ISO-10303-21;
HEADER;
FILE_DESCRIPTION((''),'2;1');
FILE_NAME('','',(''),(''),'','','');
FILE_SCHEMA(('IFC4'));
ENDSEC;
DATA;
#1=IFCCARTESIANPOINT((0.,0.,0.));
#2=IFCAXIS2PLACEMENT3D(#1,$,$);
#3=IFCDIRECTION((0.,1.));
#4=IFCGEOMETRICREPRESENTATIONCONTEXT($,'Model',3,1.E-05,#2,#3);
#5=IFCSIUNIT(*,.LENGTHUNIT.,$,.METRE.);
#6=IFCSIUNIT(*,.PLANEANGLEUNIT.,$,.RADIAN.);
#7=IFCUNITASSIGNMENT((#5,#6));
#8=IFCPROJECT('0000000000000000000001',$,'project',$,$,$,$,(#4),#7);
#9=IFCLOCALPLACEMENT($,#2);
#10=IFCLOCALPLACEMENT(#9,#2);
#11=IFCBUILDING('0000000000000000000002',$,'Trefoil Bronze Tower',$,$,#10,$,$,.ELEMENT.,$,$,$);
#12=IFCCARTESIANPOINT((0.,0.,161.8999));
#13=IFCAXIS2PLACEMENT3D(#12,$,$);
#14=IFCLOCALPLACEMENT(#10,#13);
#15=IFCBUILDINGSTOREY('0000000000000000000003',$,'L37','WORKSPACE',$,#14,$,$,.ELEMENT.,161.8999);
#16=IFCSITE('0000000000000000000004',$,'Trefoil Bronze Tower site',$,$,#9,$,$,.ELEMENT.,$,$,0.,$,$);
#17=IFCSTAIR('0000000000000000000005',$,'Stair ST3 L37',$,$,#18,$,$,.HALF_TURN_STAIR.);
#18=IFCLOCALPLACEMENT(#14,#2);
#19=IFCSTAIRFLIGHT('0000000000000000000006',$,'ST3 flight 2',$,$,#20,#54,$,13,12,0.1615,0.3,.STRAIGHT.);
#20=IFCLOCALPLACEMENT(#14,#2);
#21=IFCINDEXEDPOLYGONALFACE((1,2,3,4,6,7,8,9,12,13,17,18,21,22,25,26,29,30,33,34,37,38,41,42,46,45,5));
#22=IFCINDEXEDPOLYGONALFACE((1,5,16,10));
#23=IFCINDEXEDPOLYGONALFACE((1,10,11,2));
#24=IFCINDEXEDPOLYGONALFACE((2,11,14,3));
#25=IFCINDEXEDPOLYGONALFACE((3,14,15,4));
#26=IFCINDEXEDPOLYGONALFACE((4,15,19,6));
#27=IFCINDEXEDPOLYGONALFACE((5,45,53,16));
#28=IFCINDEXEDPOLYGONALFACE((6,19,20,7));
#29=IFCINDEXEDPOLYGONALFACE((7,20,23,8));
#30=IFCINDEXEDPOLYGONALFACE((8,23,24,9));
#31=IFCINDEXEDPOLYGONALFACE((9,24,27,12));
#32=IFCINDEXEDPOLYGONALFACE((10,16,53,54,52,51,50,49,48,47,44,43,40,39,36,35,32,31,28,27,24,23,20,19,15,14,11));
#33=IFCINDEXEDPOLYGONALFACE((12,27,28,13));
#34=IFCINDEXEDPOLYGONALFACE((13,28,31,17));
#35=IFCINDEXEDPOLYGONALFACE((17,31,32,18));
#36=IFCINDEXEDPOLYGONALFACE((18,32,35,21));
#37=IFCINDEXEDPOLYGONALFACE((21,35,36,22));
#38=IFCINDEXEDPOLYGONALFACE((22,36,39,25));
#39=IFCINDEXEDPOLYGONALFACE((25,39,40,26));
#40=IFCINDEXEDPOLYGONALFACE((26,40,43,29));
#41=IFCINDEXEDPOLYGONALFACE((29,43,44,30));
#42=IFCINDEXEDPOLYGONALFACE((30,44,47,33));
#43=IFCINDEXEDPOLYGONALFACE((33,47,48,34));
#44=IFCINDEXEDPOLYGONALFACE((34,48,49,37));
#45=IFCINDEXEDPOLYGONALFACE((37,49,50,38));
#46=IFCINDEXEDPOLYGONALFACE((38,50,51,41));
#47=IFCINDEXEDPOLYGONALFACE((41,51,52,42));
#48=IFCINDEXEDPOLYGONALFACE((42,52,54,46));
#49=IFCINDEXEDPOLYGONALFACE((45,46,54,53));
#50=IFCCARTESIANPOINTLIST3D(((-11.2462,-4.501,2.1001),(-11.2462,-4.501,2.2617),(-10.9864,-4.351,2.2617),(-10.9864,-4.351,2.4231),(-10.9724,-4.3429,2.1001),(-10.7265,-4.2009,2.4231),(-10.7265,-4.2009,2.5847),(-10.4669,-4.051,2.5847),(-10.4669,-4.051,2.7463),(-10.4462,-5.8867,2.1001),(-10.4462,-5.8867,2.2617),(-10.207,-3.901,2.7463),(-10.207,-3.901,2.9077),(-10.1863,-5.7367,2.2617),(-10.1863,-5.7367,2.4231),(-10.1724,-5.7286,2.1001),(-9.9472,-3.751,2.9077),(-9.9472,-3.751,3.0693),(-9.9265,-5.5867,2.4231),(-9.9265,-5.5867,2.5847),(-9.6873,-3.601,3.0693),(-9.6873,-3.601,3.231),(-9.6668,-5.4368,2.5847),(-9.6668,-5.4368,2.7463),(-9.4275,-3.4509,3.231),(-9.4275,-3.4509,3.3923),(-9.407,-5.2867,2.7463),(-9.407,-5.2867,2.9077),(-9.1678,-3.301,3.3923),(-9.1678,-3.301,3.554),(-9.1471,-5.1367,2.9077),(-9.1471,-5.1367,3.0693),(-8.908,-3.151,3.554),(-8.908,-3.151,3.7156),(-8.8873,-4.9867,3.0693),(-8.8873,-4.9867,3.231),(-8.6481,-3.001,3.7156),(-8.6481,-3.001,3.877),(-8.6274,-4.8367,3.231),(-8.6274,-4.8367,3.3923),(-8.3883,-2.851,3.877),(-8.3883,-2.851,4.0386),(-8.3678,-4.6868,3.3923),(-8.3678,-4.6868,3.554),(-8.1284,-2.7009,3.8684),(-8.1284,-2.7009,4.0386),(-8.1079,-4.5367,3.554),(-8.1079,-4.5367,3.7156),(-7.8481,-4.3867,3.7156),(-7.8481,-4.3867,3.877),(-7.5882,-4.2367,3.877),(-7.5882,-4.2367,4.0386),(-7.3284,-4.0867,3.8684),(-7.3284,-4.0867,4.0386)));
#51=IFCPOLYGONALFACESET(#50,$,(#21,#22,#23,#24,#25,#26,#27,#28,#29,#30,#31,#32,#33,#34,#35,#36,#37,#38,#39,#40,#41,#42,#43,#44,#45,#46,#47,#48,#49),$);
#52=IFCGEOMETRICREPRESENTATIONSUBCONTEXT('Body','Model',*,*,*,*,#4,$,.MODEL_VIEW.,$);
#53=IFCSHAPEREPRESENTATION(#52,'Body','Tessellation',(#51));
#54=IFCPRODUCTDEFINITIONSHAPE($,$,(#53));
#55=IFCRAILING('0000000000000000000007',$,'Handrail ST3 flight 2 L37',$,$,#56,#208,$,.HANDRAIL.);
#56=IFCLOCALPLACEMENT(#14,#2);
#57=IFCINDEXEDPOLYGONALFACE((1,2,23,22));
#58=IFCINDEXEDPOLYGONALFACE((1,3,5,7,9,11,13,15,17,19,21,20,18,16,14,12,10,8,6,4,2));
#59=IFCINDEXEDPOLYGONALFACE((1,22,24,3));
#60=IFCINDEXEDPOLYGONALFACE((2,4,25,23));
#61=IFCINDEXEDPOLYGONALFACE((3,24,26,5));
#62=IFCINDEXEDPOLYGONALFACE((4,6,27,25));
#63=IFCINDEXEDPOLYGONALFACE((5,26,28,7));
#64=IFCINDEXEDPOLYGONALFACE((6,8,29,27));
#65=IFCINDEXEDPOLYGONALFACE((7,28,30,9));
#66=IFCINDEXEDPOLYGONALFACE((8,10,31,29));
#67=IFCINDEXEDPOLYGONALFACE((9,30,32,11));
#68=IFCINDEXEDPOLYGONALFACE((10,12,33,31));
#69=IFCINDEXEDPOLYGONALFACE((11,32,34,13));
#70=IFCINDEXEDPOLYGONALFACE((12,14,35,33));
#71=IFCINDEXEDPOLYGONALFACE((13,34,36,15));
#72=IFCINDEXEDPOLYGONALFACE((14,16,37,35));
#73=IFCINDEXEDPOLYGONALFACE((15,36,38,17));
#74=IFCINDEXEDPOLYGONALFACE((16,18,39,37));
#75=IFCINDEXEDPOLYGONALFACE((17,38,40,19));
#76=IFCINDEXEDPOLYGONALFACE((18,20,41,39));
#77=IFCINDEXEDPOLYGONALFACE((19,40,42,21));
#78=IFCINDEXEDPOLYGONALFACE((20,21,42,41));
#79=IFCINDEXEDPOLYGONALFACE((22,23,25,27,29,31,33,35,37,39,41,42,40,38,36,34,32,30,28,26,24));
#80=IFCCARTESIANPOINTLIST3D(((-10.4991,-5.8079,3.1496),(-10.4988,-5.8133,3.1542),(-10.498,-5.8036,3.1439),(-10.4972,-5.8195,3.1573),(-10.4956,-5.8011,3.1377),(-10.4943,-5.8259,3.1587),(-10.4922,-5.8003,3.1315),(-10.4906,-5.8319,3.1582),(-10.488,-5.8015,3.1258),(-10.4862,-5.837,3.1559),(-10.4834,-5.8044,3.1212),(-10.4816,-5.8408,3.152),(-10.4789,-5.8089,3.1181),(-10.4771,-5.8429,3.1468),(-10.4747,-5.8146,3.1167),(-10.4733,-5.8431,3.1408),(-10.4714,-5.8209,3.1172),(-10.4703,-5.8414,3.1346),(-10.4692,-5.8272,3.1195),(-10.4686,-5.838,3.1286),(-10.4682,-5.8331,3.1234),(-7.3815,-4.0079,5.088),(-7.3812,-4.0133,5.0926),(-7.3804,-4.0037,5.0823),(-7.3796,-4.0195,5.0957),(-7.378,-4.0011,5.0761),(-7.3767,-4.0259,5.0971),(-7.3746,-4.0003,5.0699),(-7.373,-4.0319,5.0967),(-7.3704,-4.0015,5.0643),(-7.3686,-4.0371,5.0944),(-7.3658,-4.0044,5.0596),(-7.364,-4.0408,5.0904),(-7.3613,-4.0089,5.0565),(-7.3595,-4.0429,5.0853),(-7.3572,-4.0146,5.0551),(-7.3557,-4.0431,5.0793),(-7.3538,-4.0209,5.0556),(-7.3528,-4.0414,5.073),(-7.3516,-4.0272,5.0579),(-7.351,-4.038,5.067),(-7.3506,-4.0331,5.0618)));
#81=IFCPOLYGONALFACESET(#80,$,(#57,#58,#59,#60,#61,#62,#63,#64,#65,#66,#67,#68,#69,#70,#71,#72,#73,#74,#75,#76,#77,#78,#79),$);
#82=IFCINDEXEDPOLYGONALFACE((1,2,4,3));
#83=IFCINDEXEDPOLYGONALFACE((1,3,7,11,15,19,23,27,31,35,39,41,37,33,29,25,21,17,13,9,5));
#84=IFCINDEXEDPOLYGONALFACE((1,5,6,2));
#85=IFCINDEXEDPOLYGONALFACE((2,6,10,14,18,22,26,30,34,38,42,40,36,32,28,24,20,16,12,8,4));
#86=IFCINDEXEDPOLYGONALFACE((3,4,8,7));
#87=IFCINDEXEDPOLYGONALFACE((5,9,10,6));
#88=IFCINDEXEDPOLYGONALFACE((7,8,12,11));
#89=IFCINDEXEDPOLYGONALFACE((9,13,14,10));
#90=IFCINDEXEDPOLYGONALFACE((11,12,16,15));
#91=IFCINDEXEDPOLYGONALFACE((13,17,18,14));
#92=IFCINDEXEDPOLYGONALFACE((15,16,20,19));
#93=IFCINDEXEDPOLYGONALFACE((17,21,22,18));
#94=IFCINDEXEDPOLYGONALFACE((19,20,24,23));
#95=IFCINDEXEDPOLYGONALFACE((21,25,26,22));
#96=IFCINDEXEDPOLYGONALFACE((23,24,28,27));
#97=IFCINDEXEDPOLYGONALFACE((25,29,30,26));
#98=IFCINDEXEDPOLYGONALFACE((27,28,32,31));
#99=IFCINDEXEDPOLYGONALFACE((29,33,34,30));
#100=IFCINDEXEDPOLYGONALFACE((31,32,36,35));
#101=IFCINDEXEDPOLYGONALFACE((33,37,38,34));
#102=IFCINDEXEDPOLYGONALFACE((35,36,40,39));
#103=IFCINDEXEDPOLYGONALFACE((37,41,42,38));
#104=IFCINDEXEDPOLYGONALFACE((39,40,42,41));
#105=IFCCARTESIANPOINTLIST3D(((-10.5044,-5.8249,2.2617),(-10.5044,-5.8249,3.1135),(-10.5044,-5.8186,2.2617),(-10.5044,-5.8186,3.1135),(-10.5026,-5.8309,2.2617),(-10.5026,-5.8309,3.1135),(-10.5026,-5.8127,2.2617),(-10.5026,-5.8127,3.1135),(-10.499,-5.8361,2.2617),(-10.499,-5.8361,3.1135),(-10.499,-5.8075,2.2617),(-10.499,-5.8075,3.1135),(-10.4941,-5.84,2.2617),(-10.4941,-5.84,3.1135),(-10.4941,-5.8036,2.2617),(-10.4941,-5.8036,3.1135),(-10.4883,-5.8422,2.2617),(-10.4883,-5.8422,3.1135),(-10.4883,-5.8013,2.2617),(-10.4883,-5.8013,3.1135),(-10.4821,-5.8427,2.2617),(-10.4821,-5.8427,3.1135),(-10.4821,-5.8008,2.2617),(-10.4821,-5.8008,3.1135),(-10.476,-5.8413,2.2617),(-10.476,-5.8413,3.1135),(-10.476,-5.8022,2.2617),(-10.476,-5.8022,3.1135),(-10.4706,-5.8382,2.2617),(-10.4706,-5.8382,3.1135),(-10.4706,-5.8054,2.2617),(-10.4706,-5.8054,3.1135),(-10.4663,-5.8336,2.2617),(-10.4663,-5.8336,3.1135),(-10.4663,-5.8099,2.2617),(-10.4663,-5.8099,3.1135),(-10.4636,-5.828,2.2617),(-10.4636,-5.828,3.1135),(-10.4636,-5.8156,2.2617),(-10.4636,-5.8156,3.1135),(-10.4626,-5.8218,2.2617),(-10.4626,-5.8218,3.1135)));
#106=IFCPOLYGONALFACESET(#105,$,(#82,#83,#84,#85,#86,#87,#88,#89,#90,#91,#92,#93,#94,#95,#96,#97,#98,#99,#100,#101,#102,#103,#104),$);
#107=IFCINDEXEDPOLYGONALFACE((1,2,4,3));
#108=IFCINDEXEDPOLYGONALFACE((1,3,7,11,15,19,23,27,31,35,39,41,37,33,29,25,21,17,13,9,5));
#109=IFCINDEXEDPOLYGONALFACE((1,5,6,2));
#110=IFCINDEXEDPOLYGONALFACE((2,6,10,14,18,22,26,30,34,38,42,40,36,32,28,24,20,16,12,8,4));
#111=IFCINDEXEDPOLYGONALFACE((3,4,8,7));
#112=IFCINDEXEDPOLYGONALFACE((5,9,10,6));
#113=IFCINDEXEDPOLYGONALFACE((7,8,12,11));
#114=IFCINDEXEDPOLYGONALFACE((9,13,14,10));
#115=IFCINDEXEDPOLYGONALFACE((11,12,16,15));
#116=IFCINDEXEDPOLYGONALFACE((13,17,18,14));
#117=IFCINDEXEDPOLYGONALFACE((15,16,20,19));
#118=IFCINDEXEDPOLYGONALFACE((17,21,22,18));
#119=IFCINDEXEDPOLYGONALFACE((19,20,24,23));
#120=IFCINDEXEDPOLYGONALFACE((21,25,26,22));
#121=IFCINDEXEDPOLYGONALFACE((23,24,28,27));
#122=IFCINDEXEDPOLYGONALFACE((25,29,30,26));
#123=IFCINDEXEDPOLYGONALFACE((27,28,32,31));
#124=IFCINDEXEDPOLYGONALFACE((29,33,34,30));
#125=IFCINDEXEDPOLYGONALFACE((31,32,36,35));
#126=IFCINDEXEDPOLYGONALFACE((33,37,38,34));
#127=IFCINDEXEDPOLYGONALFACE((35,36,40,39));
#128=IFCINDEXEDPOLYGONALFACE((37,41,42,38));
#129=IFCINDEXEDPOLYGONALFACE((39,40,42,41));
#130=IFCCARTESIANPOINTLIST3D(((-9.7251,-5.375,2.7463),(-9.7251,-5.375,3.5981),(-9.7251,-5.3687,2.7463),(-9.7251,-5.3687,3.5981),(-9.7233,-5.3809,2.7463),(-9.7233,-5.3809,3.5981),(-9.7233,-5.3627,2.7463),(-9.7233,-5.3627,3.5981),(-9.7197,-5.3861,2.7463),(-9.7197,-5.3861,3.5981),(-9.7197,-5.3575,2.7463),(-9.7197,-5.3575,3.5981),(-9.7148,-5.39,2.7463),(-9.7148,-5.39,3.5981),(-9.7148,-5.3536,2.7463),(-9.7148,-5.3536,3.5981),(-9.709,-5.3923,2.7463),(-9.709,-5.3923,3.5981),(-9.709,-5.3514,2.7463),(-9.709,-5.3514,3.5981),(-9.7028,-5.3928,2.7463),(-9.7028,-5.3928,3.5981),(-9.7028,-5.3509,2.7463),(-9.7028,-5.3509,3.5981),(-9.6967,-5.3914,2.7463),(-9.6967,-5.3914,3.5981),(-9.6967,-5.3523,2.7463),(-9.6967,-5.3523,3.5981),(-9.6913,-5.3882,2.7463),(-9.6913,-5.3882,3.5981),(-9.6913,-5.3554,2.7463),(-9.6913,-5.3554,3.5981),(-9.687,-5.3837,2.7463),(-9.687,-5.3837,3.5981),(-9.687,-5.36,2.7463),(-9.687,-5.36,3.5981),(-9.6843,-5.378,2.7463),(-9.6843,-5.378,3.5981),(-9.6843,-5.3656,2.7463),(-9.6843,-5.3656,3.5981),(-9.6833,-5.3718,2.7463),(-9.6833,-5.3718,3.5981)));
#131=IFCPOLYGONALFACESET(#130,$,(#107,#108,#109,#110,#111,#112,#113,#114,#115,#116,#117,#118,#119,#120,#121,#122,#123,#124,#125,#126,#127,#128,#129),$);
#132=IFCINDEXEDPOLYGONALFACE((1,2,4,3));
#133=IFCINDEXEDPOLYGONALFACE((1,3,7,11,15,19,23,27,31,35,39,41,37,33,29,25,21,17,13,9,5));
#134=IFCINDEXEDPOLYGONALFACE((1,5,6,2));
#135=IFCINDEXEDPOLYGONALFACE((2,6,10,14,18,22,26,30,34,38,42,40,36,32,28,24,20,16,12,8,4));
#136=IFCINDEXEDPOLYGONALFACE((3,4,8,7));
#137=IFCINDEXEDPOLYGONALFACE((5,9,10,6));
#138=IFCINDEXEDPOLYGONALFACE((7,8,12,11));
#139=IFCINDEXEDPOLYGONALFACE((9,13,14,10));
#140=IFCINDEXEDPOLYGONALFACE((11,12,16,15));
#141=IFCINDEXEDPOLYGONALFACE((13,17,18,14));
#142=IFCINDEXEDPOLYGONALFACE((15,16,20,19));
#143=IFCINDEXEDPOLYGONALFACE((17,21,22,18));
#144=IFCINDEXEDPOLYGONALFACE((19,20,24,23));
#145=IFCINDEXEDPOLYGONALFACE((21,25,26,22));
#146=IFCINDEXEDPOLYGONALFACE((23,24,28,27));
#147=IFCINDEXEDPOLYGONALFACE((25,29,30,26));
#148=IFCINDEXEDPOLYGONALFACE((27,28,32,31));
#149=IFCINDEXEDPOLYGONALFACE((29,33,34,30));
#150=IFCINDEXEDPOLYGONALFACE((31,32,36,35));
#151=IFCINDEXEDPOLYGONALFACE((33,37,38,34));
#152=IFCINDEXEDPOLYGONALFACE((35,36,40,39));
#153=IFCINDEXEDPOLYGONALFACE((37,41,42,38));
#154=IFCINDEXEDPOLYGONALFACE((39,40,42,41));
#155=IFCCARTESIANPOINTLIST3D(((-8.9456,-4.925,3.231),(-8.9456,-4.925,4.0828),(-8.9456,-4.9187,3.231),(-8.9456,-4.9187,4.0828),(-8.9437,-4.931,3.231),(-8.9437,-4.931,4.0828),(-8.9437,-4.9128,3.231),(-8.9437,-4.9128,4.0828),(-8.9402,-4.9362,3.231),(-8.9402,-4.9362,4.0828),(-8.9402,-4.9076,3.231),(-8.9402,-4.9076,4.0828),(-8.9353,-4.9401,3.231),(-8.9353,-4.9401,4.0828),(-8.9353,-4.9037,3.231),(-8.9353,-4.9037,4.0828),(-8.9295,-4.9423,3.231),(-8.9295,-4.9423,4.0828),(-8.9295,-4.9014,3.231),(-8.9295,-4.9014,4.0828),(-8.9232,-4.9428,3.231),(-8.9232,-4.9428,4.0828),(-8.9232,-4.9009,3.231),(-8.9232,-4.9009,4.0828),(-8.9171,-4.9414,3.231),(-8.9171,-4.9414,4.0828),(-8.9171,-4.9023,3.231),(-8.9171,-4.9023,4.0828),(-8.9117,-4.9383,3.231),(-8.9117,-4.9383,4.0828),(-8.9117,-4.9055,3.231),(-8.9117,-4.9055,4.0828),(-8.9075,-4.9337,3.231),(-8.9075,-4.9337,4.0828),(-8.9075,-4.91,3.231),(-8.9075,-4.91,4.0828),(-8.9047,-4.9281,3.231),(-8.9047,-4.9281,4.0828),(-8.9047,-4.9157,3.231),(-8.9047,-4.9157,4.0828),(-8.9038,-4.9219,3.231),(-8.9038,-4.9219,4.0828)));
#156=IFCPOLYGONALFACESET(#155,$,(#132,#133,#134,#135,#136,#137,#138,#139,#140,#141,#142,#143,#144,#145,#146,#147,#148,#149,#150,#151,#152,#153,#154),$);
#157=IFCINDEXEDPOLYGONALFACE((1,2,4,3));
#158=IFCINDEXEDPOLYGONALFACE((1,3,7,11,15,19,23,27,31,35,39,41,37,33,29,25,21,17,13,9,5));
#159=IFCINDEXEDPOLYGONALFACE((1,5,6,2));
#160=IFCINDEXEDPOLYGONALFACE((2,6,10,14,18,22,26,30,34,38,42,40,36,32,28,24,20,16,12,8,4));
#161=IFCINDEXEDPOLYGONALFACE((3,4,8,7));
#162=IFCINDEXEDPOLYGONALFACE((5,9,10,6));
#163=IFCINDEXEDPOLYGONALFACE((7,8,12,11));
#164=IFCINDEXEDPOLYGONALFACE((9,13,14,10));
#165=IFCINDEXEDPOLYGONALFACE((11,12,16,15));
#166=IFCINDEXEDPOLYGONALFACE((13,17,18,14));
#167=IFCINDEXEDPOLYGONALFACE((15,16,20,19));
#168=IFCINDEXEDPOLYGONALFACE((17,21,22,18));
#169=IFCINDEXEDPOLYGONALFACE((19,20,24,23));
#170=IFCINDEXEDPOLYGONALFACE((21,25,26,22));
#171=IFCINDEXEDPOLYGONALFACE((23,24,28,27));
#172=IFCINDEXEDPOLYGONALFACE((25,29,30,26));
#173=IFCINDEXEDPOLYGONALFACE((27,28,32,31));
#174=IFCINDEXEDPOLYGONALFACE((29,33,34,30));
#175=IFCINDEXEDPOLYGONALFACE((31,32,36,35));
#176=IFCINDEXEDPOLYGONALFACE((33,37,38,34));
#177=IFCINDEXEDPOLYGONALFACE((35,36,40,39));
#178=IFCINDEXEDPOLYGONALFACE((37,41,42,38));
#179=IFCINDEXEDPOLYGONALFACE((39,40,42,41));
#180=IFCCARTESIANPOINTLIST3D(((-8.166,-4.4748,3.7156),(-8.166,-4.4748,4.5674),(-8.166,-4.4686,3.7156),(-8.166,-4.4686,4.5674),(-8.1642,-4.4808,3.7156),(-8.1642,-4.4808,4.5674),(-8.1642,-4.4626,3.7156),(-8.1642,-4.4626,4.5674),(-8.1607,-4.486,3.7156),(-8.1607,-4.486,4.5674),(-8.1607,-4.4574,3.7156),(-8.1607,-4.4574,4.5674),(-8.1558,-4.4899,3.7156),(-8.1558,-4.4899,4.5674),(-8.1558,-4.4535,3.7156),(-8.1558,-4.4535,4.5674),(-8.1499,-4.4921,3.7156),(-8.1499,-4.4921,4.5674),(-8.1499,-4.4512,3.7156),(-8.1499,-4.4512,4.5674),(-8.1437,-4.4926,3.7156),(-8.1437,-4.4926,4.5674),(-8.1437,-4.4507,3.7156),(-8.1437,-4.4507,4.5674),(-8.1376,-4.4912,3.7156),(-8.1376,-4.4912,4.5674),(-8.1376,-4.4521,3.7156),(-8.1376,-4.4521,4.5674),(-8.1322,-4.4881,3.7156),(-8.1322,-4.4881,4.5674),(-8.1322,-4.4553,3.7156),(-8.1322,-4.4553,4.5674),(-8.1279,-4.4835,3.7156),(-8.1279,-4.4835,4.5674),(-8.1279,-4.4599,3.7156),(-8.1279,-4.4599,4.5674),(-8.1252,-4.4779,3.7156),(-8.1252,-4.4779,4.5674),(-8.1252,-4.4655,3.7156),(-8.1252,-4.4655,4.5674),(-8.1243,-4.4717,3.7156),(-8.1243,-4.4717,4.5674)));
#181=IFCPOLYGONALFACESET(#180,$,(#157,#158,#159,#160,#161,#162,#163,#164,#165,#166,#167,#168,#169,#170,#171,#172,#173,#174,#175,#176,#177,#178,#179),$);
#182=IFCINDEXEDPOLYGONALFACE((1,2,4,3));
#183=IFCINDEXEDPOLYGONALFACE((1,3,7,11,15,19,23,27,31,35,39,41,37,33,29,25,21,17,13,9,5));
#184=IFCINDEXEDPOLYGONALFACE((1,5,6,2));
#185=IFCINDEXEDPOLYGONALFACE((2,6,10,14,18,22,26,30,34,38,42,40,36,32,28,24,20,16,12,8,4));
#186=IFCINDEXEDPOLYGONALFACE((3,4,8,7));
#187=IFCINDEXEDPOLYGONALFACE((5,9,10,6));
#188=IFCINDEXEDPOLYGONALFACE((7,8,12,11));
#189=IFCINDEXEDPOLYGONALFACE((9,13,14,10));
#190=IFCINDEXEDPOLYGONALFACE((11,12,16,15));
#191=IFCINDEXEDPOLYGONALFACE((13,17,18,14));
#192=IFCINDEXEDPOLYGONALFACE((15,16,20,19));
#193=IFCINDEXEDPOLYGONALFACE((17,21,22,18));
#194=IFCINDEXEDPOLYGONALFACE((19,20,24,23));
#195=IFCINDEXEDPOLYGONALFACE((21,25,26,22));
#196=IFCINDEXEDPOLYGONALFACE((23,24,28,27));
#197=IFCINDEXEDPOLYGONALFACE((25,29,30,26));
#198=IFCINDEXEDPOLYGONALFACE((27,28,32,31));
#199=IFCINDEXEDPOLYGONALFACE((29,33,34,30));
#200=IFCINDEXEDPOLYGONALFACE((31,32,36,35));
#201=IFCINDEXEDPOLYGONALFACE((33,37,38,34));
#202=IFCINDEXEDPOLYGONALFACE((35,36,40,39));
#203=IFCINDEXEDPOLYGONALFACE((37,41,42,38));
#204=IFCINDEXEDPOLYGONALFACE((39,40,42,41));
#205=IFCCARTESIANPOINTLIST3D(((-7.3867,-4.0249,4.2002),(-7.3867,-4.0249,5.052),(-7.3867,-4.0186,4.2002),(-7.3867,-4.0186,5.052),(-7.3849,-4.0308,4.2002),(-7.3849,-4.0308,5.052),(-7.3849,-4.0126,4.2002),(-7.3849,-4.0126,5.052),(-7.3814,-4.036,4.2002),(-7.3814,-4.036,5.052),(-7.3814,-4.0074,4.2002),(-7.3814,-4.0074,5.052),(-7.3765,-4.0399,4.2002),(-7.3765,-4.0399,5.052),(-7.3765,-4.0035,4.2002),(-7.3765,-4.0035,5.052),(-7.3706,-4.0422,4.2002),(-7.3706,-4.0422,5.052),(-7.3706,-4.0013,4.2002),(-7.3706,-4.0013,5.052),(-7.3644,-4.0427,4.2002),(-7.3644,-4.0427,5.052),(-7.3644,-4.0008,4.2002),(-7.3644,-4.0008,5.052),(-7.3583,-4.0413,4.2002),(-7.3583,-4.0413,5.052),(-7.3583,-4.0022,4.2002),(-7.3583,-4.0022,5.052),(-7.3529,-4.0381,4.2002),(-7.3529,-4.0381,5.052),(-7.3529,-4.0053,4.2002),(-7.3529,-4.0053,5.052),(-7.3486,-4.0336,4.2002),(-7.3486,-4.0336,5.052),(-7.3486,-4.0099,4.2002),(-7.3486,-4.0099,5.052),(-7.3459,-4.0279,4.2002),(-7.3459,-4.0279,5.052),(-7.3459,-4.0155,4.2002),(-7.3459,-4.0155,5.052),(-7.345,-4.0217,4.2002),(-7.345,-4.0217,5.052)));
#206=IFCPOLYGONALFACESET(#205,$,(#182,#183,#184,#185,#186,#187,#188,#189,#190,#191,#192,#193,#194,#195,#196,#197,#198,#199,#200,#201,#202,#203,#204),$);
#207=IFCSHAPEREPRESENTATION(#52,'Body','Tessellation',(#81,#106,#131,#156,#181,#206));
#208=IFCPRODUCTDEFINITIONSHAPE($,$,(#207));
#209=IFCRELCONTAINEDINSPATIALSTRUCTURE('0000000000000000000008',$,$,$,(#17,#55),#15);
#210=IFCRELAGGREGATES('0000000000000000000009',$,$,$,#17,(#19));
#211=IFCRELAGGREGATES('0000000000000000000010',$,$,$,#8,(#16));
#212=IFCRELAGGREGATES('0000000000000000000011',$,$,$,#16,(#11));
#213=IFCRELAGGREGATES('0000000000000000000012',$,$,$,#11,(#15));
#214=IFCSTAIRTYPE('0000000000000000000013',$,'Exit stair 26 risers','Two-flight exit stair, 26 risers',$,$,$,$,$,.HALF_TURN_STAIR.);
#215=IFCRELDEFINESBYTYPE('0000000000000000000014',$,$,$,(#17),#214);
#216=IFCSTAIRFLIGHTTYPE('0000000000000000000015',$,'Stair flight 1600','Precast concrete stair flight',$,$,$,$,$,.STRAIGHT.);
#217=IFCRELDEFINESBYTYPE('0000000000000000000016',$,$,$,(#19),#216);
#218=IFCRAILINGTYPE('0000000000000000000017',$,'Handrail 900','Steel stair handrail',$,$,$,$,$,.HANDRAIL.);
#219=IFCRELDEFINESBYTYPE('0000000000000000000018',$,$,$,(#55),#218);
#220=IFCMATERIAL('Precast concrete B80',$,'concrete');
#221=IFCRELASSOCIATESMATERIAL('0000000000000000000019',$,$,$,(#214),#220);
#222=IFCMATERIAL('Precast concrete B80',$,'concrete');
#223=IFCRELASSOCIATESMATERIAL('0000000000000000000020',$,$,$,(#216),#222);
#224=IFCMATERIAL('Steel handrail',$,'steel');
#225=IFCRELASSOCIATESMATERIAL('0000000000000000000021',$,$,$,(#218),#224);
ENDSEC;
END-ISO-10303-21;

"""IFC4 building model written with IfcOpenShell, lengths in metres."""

from ifc_helpers import new_model, si_unit, direction, frame, origin, origin_2d, place, context, subcontext, project, spatial, polyline, circle, outline, extrude, material, type_object, element, aggregate, save


model = new_model("IFC4")

# Units and contexts
model_context = context("Model", 3, precision=1e-05, world=origin(), true_north=direction((0.0, 1.0)))
body_context = subcontext(model_context, "Body", "Model", "MODEL_VIEW")
ifc_project = project(units=[si_unit("LENGTHUNIT", "METRE"), si_unit("PLANEANGLEUNIT", "RADIAN")], contexts=[model_context])

# Site, building, storey
site_placement = place(None, origin())
site = spatial("IfcSite", under=ifc_project, at=site_placement, Name="Trefoil Bronze Tower site", CompositionType="ELEMENT", RefElevation=0.0)
building_placement = place(site_placement, origin())
building = spatial("IfcBuilding", under=site, at=building_placement, Name="Trefoil Bronze Tower", CompositionType="ELEMENT")
storey_placement = place(building_placement, frame((0.0, 0.0, 161.8999)))
storey = spatial("IfcBuildingStorey", under=building, at=storey_placement, Name="L37", Description="WORKSPACE", CompositionType="ELEMENT", Elevation=161.8999)

# Stair, stair flight
ifc_material_1 = material(Name="Precast concrete B80", Category="concrete")
stair_type = type_object("IfcStairType", Name="Exit stair 26 risers", Description="Two-flight exit stair, 26 risers", PredefinedType="HALF_TURN_STAIR", material=ifc_material_1)
stair_placement = place(storey_placement, origin())
stair = element("IfcStair", 1, at=stair_placement, inside=storey, type_object=stair_type, Name="Stair ST3 L37", PredefinedType="HALF_TURN_STAIR")
ifc_material_2 = material(Name="Precast concrete B80", Category="concrete")
stair_flight_type = type_object("IfcStairFlightType", Name="Stair flight 1600", Description="Precast concrete stair flight", PredefinedType="STRAIGHT", material=ifc_material_2)
stair_flight_placement = place(storey_placement, frame((-10.8462, -5.1938, 2.1001), z_axis=(0.0, 0.0, 1.0), x_axis=(0.866025, 0.5, 0.0)))
stair_flight = element("IfcStairFlight", 2, at=stair_flight_placement, type_object=stair_flight_type, Name="ST3 flight 2", NumberOfRisers=13, NumberOfTreads=12, PredefinedType="STRAIGHT", RiserHeight=0.1615, TreadLength=0.3, context=body_context, shape_type="SweptSolid", body=[
    extrude(outline(polyline([(0.0, 0.0), (0.0, 0.1616), (0.3, 0.1616), (0.3, 0.323), (0.6001, 0.323), (0.6001, 0.4846), (0.8999, 0.4846), (0.8999, 0.6462), (1.2, 0.6462), (1.2, 0.8076), (1.5, 0.8076), (1.5, 0.9692), (1.8, 0.9692), (1.8, 1.1309), (2.1001, 1.1309), (2.1001, 1.2922), (2.3999, 1.2922), (2.3999, 1.4539), (2.7, 1.4539), (2.7, 1.6155), (3.0, 1.6155), (3.0, 1.7769), (3.3, 1.7769), (3.3, 1.9385), (3.6001, 1.9385), (3.6001, 2.1001), (3.6001, 1.7683), (0.3162, 0.0), (0.0, 0.0)])), frame((0.0, 0.8, 0.0), z_axis=(0.0, -1.0, 0.0), x_axis=(1.0, 0.0, 0.0)), (0.0, 0.0, 1.0), 1.6001),
])
aggregate(stair, [stair_flight])

# Railing
ifc_material_3 = material(Name="Steel handrail", Category="steel")
railing_type = type_object("IfcRailingType", Name="Handrail 900", Description="Steel stair handrail", PredefinedType="HANDRAIL", material=ifc_material_3)
railing_placement = place(storey_placement, frame((-10.4836, -5.8218, 2.2617)))
element("IfcRailing", 3, at=railing_placement, inside=storey, type_object=railing_type, Name="Handrail ST3 flight 2 L37", PredefinedType="HANDRAIL", context=body_context, shape_type="SweptSolid", body=[
    extrude(circle(Radius=0.0239, at=origin_2d()), frame((0.0, 0.0, 0.876), z_axis=(0.762503, 0.440246, 0.474102), x_axis=(-0.500012, 0.866018, 0.0)), (0.0, 0.0, 1.0), 4.0886),
    extrude(circle(Radius=0.021, at=origin_2d()), origin(), (0.0, 0.0, 1.0), 0.8518),
    extrude(circle(Radius=0.021, at=origin_2d()), frame((0.7793, 0.45, 0.4846)), (0.0, 0.0, 1.0), 0.8518),
    extrude(circle(Radius=0.021, at=origin_2d()), frame((1.5588, 0.8999, 0.9692)), (0.0, 0.0, 1.0), 0.8518),
    extrude(circle(Radius=0.021, at=origin_2d()), frame((2.3384, 1.3501, 1.4539)), (0.0, 0.0, 1.0), 0.8518),
    extrude(circle(Radius=0.021, at=origin_2d()), frame((3.1177, 1.8, 1.9385)), (0.0, 0.0, 1.0), 0.8518),
])

save(model, "model.ifc")
